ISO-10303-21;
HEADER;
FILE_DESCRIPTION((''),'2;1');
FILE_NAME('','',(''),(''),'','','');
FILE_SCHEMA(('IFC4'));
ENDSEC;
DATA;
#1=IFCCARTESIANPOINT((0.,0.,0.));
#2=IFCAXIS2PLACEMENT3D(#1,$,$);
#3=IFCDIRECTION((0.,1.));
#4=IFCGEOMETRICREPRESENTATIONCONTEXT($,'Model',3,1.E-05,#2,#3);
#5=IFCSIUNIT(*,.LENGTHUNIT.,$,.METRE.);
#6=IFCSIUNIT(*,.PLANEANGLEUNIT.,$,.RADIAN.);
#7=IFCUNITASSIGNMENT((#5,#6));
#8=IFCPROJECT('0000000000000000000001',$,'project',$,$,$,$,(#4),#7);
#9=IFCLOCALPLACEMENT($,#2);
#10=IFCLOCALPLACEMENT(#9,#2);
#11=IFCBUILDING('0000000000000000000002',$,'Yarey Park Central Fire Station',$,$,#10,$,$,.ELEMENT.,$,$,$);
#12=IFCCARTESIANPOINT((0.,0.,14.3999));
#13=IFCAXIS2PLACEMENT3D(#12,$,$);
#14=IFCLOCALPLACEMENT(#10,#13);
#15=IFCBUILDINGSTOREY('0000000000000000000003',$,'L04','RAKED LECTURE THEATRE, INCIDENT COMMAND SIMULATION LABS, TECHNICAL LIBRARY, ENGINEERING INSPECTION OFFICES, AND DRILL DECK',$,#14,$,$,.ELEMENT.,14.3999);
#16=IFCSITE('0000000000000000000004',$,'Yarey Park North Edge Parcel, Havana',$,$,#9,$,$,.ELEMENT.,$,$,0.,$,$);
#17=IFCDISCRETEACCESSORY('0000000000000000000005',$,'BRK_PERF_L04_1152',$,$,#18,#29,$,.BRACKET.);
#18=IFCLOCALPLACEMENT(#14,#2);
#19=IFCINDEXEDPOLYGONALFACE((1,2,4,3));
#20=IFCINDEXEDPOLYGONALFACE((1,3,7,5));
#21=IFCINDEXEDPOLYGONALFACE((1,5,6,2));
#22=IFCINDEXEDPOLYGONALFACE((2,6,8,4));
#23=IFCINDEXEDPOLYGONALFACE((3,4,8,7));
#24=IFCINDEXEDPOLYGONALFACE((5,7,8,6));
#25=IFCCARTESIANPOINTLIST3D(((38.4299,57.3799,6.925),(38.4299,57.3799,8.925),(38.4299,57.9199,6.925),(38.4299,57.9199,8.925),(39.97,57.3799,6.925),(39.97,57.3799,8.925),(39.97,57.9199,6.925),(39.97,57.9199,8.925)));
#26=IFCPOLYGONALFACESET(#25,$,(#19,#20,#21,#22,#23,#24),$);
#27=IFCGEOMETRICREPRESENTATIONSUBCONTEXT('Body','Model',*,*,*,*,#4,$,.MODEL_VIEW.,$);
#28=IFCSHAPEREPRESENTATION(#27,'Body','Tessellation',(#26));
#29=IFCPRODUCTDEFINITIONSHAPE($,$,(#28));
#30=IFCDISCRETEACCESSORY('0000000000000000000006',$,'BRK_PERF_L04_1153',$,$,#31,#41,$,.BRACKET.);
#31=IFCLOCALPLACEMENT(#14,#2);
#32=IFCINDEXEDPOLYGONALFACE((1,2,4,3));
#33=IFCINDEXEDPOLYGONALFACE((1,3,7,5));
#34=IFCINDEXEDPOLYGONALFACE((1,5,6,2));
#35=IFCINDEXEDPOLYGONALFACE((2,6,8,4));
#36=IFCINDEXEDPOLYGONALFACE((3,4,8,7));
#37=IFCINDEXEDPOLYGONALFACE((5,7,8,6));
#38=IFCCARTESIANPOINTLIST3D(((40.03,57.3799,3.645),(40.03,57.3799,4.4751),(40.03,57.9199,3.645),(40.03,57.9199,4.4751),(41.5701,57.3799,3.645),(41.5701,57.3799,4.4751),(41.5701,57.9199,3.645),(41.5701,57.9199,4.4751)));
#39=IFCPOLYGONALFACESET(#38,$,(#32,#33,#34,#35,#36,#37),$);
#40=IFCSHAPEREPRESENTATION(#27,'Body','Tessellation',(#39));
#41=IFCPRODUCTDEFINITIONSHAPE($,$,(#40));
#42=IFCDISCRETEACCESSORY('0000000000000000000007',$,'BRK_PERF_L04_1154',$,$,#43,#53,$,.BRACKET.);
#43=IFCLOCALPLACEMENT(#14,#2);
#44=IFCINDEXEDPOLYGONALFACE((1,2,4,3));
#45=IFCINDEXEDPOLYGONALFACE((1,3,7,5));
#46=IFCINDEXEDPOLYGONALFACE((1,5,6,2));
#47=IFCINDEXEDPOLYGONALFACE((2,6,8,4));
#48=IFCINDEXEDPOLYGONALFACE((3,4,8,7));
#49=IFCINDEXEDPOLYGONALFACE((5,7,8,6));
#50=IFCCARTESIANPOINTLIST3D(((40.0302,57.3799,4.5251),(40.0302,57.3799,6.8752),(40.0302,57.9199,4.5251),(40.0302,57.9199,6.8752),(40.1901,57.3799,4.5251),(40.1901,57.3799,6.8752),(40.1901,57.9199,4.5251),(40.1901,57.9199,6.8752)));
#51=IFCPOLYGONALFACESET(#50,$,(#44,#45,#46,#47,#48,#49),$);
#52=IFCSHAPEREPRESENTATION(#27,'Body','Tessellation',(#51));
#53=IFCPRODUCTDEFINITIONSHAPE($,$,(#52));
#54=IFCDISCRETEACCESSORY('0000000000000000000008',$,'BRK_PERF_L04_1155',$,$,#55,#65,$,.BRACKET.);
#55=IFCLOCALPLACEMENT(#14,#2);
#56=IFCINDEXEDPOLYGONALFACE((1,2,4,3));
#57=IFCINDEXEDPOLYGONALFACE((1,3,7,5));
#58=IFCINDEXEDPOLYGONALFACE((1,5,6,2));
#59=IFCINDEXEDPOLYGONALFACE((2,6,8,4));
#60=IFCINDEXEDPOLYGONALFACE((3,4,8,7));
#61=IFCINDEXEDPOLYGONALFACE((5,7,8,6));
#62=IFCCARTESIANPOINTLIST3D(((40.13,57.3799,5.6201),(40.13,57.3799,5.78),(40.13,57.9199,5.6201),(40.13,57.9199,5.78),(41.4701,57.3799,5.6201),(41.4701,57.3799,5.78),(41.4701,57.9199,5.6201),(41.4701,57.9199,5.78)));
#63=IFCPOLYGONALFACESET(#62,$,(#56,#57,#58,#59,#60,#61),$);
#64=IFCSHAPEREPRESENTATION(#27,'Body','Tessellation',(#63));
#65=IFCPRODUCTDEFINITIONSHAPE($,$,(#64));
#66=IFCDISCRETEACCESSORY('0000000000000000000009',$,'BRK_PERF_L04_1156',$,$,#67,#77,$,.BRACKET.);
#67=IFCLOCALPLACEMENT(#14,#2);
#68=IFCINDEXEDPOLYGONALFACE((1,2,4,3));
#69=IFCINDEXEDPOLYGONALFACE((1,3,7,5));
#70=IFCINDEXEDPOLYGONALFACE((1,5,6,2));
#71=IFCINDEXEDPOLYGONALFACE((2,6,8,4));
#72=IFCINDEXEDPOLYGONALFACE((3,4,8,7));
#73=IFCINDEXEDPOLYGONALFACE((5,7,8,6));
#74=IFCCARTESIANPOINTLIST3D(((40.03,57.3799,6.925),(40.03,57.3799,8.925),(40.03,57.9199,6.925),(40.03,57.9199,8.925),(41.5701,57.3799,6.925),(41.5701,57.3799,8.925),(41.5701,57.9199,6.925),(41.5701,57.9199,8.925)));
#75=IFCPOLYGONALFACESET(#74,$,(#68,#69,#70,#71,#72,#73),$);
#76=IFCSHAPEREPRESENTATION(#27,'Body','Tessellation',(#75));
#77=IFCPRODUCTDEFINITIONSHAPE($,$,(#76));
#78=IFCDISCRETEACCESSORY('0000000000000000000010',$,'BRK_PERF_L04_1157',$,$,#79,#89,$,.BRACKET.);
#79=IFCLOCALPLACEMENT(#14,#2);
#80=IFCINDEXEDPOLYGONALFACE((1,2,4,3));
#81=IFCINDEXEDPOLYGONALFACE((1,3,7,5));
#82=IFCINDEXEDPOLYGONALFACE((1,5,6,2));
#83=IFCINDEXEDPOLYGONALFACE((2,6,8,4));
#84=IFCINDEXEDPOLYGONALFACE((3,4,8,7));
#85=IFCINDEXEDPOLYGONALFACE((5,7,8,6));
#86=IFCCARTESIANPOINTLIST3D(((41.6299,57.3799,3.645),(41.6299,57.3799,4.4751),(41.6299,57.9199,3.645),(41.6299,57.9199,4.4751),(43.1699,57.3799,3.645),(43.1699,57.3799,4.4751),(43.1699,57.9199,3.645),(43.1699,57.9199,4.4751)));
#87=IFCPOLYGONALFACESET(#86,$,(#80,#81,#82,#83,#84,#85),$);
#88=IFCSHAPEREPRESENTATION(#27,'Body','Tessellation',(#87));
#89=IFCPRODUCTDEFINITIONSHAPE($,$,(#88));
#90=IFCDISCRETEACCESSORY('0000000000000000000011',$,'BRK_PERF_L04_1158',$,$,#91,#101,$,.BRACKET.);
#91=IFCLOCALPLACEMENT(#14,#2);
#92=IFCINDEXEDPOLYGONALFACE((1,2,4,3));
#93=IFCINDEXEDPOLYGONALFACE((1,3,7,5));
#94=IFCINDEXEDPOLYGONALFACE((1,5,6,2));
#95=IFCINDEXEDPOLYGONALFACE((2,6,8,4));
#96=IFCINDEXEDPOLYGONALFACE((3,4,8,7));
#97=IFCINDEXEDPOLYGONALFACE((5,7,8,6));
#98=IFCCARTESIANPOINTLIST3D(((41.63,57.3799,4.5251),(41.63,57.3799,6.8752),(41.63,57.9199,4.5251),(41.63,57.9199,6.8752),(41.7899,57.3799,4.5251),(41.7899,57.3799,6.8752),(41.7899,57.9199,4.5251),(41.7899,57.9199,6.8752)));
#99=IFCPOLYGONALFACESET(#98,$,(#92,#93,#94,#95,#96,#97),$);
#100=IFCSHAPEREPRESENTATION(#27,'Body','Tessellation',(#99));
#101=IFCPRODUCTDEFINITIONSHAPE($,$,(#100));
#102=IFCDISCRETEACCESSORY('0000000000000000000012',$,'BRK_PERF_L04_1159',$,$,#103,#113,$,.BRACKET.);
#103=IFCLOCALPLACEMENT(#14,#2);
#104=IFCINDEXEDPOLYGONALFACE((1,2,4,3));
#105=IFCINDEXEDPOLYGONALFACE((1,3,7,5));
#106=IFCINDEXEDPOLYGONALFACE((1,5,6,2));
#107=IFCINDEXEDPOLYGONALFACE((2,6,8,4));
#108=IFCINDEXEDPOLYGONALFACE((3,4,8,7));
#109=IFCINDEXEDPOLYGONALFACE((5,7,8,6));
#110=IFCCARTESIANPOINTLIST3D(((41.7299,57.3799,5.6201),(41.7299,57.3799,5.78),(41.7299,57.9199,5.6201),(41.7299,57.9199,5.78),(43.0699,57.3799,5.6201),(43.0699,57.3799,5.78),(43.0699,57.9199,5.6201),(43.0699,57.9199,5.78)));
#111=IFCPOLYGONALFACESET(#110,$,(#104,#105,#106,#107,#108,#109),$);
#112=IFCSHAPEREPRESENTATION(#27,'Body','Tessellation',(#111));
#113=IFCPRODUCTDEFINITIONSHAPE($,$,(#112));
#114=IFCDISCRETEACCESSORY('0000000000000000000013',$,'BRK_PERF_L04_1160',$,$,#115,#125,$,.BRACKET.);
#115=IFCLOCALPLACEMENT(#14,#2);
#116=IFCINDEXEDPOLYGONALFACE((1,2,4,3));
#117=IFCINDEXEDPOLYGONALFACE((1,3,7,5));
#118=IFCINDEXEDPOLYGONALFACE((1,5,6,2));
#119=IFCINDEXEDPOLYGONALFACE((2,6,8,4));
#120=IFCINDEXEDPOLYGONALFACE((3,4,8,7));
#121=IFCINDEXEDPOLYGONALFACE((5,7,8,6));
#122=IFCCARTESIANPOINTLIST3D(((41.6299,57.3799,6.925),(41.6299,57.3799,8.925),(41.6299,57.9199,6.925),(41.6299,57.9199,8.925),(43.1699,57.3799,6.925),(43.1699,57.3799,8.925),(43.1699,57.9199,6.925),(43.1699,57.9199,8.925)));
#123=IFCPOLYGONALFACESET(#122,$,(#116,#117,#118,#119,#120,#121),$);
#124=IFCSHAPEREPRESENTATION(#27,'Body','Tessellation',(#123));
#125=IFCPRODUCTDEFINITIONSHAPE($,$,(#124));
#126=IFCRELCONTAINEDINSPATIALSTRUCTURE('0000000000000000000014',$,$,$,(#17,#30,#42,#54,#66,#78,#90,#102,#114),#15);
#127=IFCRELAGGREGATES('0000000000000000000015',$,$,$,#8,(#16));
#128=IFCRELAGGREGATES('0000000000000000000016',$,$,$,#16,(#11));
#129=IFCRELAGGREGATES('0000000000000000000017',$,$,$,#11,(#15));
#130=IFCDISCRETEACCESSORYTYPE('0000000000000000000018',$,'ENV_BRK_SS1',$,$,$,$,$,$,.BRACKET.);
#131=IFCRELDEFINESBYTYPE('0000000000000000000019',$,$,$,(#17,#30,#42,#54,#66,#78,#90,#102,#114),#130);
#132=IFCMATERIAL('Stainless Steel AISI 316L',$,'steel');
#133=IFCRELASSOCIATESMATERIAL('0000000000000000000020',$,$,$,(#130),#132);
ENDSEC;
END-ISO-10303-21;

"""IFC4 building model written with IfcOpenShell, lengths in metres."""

from ifc_helpers import new_model, si_unit, direction, frame, origin, origin_2d, place, context, subcontext, project, spatial, rectangle, extrude, material, type_object, element, save


model = new_model("IFC4")

# Units and contexts
model_context = context("Model", 3, precision=1e-05, world=origin(), true_north=direction((0.0, 1.0)))
body_context = subcontext(model_context, "Body", "Model", "MODEL_VIEW")
ifc_project = project(units=[si_unit("LENGTHUNIT", "METRE"), si_unit("PLANEANGLEUNIT", "RADIAN")], contexts=[model_context])

# Site, building, storey
site_placement = place(None, origin())
site = spatial("IfcSite", under=ifc_project, at=site_placement, Name="Yarey Park North Edge Parcel, Havana", CompositionType="ELEMENT", RefElevation=0.0)
building_placement = place(site_placement, origin())
building = spatial("IfcBuilding", under=site, at=building_placement, Name="Yarey Park Central Fire Station", CompositionType="ELEMENT")
storey_placement = place(building_placement, frame((0.0, 0.0, 14.3999)))
storey = spatial("IfcBuildingStorey", under=building, at=storey_placement, Name="L04", Description="RAKED LECTURE THEATRE, INCIDENT COMMAND SIMULATION LABS, TECHNICAL LIBRARY, ENGINEERING INSPECTION OFFICES, AND DRILL DECK", CompositionType="ELEMENT", Elevation=14.3999)

# Discrete accessories
ifc_material_1 = material(Name="Stainless Steel AISI 316L", Category="steel")
discrete_accessory_type = type_object("IfcDiscreteAccessoryType", Name="ENV_BRK_SS1", PredefinedType="BRACKET", material=ifc_material_1)
discrete_accessory_1_placement = place(storey_placement, frame((39.2, 57.6499, 6.925), z_axis=(0.0, 0.0, 1.0), x_axis=(1.0, 0.0, 0.0)))
element("IfcDiscreteAccessory", 1, at=discrete_accessory_1_placement, inside=storey, type_object=discrete_accessory_type, Name="BRK_PERF_L04_1152", PredefinedType="BRACKET", context=body_context, shape_type="SweptSolid", body=[
    extrude(rectangle(XDim=1.54, YDim=0.54, at=origin_2d()), origin(), (0.0, 0.0, 1.0), 2.0),
])
discrete_accessory_2_placement = place(storey_placement, frame((40.8, 57.6499, 3.645), z_axis=(0.0, 0.0, 1.0), x_axis=(1.0, 0.0, 0.0)))
element("IfcDiscreteAccessory", 2, at=discrete_accessory_2_placement, inside=storey, type_object=discrete_accessory_type, Name="BRK_PERF_L04_1153", PredefinedType="BRACKET", context=body_context, shape_type="SweptSolid", body=[
    extrude(rectangle(XDim=1.54, YDim=0.54, at=origin_2d()), origin(), (0.0, 0.0, 1.0), 0.8301),
])
discrete_accessory_3_placement = place(storey_placement, frame((40.1101, 57.6499, 4.5251), z_axis=(0.0, 0.0, 1.0), x_axis=(1.0, 0.0, 0.0)))
element("IfcDiscreteAccessory", 3, at=discrete_accessory_3_placement, inside=storey, type_object=discrete_accessory_type, Name="BRK_PERF_L04_1154", PredefinedType="BRACKET", context=body_context, shape_type="SweptSolid", body=[
    extrude(rectangle(XDim=0.1599, YDim=0.54, at=origin_2d()), origin(), (0.0, 0.0, 1.0), 2.3501),
])
discrete_accessory_4_placement = place(storey_placement, frame((40.8, 57.6499, 5.6201), z_axis=(0.0, 0.0, 1.0), x_axis=(1.0, 0.0, 0.0)))
element("IfcDiscreteAccessory", 4, at=discrete_accessory_4_placement, inside=storey, type_object=discrete_accessory_type, Name="BRK_PERF_L04_1155", PredefinedType="BRACKET", context=body_context, shape_type="SweptSolid", body=[
    extrude(rectangle(XDim=1.3401, YDim=0.54, at=origin_2d()), origin(), (0.0, 0.0, 1.0), 0.1599),
])
discrete_accessory_5_placement = place(storey_placement, frame((40.8, 57.6499, 6.925), z_axis=(0.0, 0.0, 1.0), x_axis=(1.0, 0.0, 0.0)))
element("IfcDiscreteAccessory", 5, at=discrete_accessory_5_placement, inside=storey, type_object=discrete_accessory_type, Name="BRK_PERF_L04_1156", PredefinedType="BRACKET", context=body_context, shape_type="SweptSolid", body=[
    extrude(rectangle(XDim=1.54, YDim=0.54, at=origin_2d()), origin(), (0.0, 0.0, 1.0), 2.0),
])
discrete_accessory_6_placement = place(storey_placement, frame((42.3999, 57.6499, 3.645), z_axis=(0.0, 0.0, 1.0), x_axis=(1.0, 0.0, 0.0)))
element("IfcDiscreteAccessory", 6, at=discrete_accessory_6_placement, inside=storey, type_object=discrete_accessory_type, Name="BRK_PERF_L04_1157", PredefinedType="BRACKET", context=body_context, shape_type="SweptSolid", body=[
    extrude(rectangle(XDim=1.54, YDim=0.54, at=origin_2d()), origin(), (0.0, 0.0, 1.0), 0.8301),
])
discrete_accessory_7_placement = place(storey_placement, frame((41.71, 57.6499, 4.5251), z_axis=(0.0, 0.0, 1.0), x_axis=(1.0, 0.0, 0.0)))
element("IfcDiscreteAccessory", 7, at=discrete_accessory_7_placement, inside=storey, type_object=discrete_accessory_type, Name="BRK_PERF_L04_1158", PredefinedType="BRACKET", context=body_context, shape_type="SweptSolid", body=[
    extrude(rectangle(XDim=0.1599, YDim=0.54, at=origin_2d()), origin(), (0.0, 0.0, 1.0), 2.3501),
])
discrete_accessory_8_placement = place(storey_placement, frame((42.3999, 57.6499, 5.6201), z_axis=(0.0, 0.0, 1.0), x_axis=(1.0, 0.0, 0.0)))
element("IfcDiscreteAccessory", 8, at=discrete_accessory_8_placement, inside=storey, type_object=discrete_accessory_type, Name="BRK_PERF_L04_1159", PredefinedType="BRACKET", context=body_context, shape_type="SweptSolid", body=[
    extrude(rectangle(XDim=1.3401, YDim=0.54, at=origin_2d()), origin(), (0.0, 0.0, 1.0), 0.1599),
])
discrete_accessory_9_placement = place(storey_placement, frame((42.3999, 57.6499, 6.925), z_axis=(0.0, 0.0, 1.0), x_axis=(1.0, 0.0, 0.0)))
element("IfcDiscreteAccessory", 9, at=discrete_accessory_9_placement, inside=storey, type_object=discrete_accessory_type, Name="BRK_PERF_L04_1160", PredefinedType="BRACKET", context=body_context, shape_type="SweptSolid", body=[
    extrude(rectangle(XDim=1.54, YDim=0.54, at=origin_2d()), origin(), (0.0, 0.0, 1.0), 2.0),
])

save(model, "model.ifc")
